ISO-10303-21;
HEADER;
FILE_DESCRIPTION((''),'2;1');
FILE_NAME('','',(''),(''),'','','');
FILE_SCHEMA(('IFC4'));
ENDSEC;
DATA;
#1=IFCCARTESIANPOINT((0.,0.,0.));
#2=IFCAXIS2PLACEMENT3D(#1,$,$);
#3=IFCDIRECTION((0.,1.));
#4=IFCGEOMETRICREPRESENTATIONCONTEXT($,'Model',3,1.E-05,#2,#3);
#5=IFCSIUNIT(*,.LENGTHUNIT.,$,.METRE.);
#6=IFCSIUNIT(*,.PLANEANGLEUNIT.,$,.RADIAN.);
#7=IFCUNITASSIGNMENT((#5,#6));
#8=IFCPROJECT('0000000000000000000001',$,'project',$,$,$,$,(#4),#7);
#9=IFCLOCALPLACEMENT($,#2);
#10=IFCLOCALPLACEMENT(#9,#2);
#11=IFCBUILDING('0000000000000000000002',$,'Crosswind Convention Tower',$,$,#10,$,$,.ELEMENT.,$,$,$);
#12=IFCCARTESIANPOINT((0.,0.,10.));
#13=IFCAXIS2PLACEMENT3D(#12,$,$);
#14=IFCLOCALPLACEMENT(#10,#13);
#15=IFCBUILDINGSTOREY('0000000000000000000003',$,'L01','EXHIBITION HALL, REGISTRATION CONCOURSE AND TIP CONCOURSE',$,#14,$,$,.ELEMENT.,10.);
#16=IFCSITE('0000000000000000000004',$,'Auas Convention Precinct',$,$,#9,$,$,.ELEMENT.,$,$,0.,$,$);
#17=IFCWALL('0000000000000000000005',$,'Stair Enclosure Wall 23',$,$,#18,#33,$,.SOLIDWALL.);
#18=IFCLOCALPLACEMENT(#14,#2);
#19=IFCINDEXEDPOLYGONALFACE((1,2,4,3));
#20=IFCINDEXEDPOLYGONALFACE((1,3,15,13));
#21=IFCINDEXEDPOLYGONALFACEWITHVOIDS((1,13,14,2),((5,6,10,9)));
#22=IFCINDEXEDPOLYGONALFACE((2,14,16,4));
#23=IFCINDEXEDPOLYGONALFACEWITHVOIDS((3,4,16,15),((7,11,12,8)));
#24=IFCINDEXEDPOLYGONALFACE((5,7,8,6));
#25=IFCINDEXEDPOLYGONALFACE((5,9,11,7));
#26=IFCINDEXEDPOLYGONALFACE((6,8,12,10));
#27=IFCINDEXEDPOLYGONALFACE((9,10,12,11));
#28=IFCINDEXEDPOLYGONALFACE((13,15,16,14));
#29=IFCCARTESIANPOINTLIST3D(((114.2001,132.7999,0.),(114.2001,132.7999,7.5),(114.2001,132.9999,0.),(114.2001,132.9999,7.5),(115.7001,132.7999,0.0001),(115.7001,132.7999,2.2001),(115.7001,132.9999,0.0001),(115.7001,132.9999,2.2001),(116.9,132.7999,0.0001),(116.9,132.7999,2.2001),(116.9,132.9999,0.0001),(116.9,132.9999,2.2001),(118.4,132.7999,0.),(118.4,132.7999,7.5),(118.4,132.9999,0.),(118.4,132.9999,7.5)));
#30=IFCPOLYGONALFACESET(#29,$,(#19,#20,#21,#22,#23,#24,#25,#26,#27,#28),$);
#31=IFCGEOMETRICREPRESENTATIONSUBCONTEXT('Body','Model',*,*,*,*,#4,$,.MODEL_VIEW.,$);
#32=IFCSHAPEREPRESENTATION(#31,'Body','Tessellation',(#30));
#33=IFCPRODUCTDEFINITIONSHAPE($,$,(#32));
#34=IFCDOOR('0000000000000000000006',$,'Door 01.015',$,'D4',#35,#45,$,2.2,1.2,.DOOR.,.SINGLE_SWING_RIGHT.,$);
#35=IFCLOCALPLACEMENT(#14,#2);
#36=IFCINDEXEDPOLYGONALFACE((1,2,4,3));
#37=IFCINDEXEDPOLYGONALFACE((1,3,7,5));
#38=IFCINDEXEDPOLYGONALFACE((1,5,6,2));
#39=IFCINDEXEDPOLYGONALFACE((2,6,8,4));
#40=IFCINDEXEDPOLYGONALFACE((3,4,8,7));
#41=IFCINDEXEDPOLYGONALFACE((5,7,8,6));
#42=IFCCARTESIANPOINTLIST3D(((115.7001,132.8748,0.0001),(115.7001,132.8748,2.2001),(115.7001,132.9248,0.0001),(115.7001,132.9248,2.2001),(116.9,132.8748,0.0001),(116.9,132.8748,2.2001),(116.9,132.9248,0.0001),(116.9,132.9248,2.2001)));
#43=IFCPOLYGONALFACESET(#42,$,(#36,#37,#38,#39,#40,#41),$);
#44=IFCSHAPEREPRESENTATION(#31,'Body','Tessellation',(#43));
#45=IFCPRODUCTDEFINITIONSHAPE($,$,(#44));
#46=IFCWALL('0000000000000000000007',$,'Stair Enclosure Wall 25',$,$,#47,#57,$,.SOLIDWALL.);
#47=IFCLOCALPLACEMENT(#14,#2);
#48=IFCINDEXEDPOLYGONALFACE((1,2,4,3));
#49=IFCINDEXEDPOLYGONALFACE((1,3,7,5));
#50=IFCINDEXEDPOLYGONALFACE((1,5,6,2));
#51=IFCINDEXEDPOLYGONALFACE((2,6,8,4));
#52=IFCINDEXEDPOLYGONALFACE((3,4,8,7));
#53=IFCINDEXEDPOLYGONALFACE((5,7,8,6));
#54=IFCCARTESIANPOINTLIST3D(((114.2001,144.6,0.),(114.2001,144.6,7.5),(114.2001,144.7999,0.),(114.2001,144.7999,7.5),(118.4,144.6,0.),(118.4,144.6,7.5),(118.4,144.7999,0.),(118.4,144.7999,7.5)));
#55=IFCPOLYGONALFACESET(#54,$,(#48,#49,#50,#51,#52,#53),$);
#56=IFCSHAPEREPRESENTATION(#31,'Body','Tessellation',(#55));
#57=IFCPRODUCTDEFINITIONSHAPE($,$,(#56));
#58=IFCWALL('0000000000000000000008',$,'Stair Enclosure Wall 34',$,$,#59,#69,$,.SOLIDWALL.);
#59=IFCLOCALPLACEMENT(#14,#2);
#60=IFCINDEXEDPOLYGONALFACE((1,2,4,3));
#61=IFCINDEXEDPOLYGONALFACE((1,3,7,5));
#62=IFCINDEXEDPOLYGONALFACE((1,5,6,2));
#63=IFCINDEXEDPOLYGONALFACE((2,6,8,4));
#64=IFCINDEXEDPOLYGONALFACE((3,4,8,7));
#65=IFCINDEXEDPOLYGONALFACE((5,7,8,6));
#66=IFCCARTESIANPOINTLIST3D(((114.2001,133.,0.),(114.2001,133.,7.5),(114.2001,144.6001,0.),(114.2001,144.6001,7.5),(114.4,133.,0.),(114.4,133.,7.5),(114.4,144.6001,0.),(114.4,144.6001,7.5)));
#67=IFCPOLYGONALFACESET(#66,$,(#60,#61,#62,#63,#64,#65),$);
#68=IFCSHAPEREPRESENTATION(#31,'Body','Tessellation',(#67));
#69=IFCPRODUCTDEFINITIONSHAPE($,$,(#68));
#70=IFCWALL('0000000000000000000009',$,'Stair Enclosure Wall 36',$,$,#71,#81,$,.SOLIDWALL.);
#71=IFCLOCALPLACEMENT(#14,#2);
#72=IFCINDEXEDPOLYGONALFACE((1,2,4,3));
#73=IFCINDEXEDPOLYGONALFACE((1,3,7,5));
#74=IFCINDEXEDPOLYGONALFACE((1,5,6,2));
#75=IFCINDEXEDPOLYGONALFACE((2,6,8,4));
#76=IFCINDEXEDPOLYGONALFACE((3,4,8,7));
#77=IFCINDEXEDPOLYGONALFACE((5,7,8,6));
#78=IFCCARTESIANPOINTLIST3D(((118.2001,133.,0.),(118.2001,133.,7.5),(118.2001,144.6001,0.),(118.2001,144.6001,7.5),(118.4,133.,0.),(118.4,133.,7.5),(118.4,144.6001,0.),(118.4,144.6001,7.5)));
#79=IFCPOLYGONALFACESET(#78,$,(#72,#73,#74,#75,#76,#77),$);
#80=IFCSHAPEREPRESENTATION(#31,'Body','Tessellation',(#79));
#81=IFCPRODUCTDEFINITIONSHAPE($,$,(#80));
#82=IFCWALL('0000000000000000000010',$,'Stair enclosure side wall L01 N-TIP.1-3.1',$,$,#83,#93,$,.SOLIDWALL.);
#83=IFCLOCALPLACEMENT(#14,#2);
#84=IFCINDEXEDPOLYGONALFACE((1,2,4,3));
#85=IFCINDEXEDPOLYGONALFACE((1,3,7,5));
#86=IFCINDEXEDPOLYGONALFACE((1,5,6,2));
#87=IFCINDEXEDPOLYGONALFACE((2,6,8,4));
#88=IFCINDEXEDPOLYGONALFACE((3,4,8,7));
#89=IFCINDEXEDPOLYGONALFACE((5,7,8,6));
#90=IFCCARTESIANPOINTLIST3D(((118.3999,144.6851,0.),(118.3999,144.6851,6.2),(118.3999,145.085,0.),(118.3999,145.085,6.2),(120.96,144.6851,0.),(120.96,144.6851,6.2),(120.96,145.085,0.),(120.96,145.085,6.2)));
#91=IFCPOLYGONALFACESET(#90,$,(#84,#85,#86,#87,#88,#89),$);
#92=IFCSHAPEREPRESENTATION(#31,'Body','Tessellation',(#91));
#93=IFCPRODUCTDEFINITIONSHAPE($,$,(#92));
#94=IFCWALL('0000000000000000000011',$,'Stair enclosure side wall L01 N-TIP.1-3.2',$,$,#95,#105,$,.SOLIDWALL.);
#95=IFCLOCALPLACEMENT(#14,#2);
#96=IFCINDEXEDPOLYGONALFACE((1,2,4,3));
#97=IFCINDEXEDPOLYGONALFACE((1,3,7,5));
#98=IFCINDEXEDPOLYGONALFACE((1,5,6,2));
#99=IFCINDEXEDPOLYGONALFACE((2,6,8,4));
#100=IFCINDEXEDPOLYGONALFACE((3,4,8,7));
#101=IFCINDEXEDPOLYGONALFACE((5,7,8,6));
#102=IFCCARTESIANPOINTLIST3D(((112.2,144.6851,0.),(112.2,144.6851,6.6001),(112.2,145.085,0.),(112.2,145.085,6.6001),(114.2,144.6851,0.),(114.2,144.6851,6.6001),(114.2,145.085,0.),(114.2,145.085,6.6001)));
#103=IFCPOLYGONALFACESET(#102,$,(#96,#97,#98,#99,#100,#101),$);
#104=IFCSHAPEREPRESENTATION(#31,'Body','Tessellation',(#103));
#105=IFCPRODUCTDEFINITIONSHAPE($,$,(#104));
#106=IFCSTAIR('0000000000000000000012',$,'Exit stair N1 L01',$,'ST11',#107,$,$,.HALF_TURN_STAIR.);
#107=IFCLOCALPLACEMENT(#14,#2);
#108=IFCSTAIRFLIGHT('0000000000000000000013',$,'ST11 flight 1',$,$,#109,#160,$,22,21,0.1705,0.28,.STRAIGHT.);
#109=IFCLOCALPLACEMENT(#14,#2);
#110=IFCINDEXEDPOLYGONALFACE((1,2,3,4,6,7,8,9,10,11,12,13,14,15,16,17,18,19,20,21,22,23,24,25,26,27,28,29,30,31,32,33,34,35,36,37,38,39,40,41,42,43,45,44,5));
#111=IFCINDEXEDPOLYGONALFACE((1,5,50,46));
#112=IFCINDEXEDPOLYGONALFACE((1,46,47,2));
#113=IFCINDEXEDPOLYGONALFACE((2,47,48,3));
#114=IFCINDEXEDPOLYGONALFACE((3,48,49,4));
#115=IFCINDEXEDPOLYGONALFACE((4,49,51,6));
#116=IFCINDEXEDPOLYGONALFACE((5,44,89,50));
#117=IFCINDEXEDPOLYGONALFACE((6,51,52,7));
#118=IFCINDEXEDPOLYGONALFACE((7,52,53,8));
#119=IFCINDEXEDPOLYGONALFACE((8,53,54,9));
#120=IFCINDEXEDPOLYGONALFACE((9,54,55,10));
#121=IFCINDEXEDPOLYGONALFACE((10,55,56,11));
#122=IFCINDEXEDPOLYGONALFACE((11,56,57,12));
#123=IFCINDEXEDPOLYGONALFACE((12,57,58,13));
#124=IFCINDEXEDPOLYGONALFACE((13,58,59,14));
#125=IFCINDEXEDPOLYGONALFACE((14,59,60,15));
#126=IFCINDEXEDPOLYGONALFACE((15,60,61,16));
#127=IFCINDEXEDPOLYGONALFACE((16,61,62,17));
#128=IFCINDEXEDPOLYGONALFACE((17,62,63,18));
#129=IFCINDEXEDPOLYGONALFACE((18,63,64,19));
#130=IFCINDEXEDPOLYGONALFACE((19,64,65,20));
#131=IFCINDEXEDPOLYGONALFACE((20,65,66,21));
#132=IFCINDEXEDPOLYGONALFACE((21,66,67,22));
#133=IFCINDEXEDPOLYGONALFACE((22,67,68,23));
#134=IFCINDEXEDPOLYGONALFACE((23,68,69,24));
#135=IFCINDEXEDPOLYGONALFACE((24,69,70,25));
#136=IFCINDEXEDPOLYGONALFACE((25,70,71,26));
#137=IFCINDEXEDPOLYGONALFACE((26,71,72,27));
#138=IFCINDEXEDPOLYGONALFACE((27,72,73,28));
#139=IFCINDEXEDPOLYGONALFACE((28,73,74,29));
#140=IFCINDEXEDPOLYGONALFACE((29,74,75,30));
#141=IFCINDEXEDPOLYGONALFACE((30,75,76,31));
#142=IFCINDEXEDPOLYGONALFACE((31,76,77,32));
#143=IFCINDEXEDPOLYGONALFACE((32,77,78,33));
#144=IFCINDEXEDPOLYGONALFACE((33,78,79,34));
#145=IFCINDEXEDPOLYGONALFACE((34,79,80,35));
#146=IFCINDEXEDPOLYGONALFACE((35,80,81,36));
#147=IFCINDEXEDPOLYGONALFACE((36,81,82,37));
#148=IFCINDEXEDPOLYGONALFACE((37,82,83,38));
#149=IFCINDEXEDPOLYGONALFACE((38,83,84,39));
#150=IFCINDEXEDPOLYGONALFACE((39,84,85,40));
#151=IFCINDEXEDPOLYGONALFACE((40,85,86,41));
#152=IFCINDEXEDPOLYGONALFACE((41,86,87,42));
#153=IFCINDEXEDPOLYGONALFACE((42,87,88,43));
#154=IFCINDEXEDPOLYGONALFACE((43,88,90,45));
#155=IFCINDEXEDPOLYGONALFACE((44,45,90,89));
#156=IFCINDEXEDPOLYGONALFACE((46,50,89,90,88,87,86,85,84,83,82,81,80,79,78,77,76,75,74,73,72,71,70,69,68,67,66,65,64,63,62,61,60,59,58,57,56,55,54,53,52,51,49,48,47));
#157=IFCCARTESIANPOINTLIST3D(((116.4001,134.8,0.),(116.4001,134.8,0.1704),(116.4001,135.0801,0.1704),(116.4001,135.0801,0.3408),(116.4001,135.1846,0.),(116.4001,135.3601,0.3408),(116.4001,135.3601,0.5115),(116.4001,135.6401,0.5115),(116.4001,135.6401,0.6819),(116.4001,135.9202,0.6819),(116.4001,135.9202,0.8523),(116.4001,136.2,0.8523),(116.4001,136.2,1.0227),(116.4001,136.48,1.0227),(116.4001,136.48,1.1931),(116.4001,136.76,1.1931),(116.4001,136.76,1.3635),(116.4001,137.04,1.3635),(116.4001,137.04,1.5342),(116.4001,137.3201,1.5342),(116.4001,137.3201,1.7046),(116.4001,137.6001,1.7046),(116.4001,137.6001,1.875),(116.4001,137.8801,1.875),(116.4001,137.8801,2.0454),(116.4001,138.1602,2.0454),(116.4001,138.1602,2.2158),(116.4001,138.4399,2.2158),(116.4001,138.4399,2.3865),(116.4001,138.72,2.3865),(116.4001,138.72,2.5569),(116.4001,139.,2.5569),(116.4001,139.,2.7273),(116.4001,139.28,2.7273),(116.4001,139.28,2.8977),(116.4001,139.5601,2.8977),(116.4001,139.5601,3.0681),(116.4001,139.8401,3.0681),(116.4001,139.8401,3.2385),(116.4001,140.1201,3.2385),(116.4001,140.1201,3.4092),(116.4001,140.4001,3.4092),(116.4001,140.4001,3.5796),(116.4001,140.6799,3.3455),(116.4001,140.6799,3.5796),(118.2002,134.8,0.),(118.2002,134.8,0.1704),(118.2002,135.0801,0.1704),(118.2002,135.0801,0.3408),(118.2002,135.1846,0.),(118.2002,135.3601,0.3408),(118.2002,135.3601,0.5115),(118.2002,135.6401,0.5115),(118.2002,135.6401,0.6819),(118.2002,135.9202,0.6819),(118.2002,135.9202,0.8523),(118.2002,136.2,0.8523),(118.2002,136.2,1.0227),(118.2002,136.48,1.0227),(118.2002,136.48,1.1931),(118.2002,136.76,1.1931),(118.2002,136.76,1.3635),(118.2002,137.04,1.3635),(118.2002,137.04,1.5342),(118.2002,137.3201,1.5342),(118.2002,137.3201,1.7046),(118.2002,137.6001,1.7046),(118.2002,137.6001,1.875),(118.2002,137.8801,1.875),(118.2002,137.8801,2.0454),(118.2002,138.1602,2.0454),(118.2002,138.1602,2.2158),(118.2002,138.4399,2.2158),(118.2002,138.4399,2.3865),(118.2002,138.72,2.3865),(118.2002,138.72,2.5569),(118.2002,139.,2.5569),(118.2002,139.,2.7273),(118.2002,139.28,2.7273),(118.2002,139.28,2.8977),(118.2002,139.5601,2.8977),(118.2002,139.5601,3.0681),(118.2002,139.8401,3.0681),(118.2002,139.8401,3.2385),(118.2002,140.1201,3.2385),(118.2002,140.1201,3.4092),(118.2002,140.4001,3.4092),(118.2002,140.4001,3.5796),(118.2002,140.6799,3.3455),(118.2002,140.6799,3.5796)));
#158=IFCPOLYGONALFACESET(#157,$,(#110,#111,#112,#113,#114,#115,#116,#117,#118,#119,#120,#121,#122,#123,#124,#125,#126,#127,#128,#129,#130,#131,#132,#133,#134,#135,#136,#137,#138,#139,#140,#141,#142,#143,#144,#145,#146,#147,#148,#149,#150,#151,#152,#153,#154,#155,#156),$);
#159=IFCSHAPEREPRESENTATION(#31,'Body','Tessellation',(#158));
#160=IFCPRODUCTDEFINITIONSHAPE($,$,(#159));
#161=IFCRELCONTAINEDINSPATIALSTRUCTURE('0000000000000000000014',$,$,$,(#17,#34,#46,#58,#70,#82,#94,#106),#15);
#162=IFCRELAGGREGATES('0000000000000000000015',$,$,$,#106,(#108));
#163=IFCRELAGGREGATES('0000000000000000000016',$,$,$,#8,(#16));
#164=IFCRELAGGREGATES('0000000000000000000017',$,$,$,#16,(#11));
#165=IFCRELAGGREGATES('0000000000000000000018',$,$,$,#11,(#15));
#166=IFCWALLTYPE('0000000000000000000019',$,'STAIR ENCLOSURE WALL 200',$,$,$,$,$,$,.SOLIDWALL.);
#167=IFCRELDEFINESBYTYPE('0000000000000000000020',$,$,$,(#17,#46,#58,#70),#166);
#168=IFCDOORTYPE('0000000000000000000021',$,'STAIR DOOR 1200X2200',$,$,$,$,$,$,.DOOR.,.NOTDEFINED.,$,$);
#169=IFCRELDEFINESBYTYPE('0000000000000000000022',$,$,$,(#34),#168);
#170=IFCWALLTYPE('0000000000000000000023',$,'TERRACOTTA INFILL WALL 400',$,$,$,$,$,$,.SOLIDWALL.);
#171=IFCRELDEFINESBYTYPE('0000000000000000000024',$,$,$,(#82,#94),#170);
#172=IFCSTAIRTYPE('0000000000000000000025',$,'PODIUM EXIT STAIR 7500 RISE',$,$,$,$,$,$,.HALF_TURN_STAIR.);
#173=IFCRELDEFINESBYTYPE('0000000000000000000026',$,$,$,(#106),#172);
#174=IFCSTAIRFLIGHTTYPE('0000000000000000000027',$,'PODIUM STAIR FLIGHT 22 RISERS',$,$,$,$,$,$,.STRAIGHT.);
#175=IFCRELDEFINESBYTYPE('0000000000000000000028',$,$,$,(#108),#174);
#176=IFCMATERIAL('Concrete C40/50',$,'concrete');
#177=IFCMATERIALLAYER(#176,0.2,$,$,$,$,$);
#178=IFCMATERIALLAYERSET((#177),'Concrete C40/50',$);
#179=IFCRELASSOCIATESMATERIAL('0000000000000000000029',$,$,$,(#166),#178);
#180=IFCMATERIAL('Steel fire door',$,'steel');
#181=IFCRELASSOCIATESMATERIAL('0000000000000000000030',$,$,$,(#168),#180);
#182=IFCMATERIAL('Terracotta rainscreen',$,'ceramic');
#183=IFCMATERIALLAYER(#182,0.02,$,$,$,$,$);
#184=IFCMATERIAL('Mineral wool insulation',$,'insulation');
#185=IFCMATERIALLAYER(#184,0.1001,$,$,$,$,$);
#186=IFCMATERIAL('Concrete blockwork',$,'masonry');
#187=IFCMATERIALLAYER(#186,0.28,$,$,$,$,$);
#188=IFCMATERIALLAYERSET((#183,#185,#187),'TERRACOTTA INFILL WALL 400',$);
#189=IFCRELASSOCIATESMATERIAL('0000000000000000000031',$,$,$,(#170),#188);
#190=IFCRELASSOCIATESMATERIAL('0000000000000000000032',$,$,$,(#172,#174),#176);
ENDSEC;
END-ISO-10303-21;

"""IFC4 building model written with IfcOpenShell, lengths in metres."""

from ifc_helpers import new_model, si_unit, direction, frame, frame_2d, origin, place, context, subcontext, project, spatial, polyline, rectangle, outline, extrude, material, layer, layer_set, type_object, element, fill, aggregate, save


model = new_model("IFC4")

# Units and contexts
model_context = context("Model", 3, precision=1e-05, world=origin(), true_north=direction((0.0, 1.0)))
body_context = subcontext(model_context, "Body", "Model", "MODEL_VIEW")
ifc_project = project(units=[si_unit("LENGTHUNIT", "METRE"), si_unit("PLANEANGLEUNIT", "RADIAN")], contexts=[model_context])

# Site, building, storey
site_placement = place(None, origin())
site = spatial("IfcSite", under=ifc_project, at=site_placement, Name="Auas Convention Precinct", CompositionType="ELEMENT", RefElevation=0.0)
building_placement = place(site_placement, origin())
building = spatial("IfcBuilding", under=site, at=building_placement, Name="Crosswind Convention Tower", CompositionType="ELEMENT")
storey_placement = place(building_placement, frame((0.0, 0.0, 10.0)))
storey = spatial("IfcBuildingStorey", under=building, at=storey_placement, Name="L01", Description="EXHIBITION HALL, REGISTRATION CONCOURSE AND TIP CONCOURSE", CompositionType="ELEMENT", Elevation=10.0)

# Wall, opening, door
ifc_material_1 = material(Name="Concrete C40/50", Category="concrete")
ifc_layer_1 = layer(ifc_material_1, 0.2)
ifc_layer_set_1 = layer_set([ifc_layer_1], Name="Concrete C40/50")
wall_type_1 = type_object("IfcWallType", Name="STAIR ENCLOSURE WALL 200", PredefinedType="SOLIDWALL", material=ifc_layer_set_1)
wall_1_placement = place(storey_placement, frame((114.2, 132.8999, 0.0), z_axis=(0.0, 0.0, 1.0), x_axis=(1.0, 0.0, 0.0)))
wall_1 = element("IfcWall", 1, at=wall_1_placement, inside=storey, type_object=wall_type_1, Name="Stair Enclosure Wall 23", PredefinedType="SOLIDWALL", context=body_context, shape_type="SweptSolid", body=[
    extrude(rectangle(XDim=4.2, YDim=0.2, at=frame_2d((2.1001, 0.0))), origin(), (0.0, 0.0, 1.0), 7.5),
])
opening_placement = place(wall_1_placement, frame((1.5, 0.0, 0.0)))
opening = element("IfcOpeningElement", 2, at=opening_placement, cuts=wall_1, PredefinedType="OPENING", context=body_context, shape_type="SweptSolid", body=[
    extrude(rectangle(XDim=1.2, YDim=2.2, at=frame_2d((0.6001, 1.1001))), frame((0.0, 0.1099, 0.0), z_axis=(0.0, -1.0, 0.0), x_axis=(1.0, 0.0, 0.0)), (0.0, 0.0, 1.0), 0.22),
])
ifc_material_2 = material(Name="Steel fire door", Category="steel")
door_type = type_object("IfcDoorType", Name="STAIR DOOR 1200X2200", OperationType="NOTDEFINED", PredefinedType="DOOR", material=ifc_material_2)
door_placement = place(opening_placement, origin())
door = element("IfcDoor", 3, at=door_placement, inside=storey, type_object=door_type, Name="Door 01.015", ObjectType="D4", OperationType="SINGLE_SWING_RIGHT", OverallHeight=2.2, OverallWidth=1.2, PredefinedType="DOOR", context=body_context, shape_type="SweptSolid", body=[
    extrude(rectangle(XDim=1.2, YDim=2.2, at=frame_2d((0.6001, 1.1001))), frame((0.0, 0.0249, 0.0), z_axis=(0.0, -1.0, 0.0), x_axis=(1.0, 0.0, 0.0)), (0.0, 0.0, 1.0), 0.05),
])
fill(opening, door)

# Walls
wall_2_placement = place(storey_placement, frame((114.2, 144.7, 0.0), z_axis=(0.0, 0.0, 1.0), x_axis=(1.0, 0.0, 0.0)))
element("IfcWall", 4, at=wall_2_placement, inside=storey, type_object=wall_type_1, Name="Stair Enclosure Wall 25", PredefinedType="SOLIDWALL", context=body_context, shape_type="SweptSolid", body=[
    extrude(rectangle(XDim=4.2, YDim=0.2, at=frame_2d((2.1001, 0.0))), origin(), (0.0, 0.0, 1.0), 7.5),
])
for number, where, z_axis, x_axis, name in (
    (5, (114.3, 133.0, 0.0), (0.0, 0.0, 1.0), (0.0, 1.0, 0.0), "Stair Enclosure Wall 34"),
    (6, (118.3, 133.0, 0.0), (0.0, 0.0, 1.0), (0.0, 1.0, 0.0), "Stair Enclosure Wall 36"),
):
    element("IfcWall", number, at=place(storey_placement, frame(where, z_axis=z_axis, x_axis=x_axis)), inside=storey, type_object=wall_type_1, Name=name, PredefinedType="SOLIDWALL", context=body_context, shape_type="SweptSolid", body=[
        extrude(rectangle(XDim=11.6001, YDim=0.2, at=frame_2d((5.8, 0.0))), origin(), (0.0, 0.0, 1.0), 7.5),
    ])
ifc_material_3 = material(Name="Terracotta rainscreen", Category="ceramic")
ifc_layer_2 = layer(ifc_material_3, 0.02)
ifc_material_4 = material(Name="Mineral wool insulation", Category="insulation")
ifc_layer_3 = layer(ifc_material_4, 0.1001)
ifc_material_5 = material(Name="Concrete blockwork", Category="masonry")
ifc_layer_4 = layer(ifc_material_5, 0.28)
ifc_layer_set_2 = layer_set([ifc_layer_2, ifc_layer_3, ifc_layer_4], Name="TERRACOTTA INFILL WALL 400")
wall_type_2 = type_object("IfcWallType", Name="TERRACOTTA INFILL WALL 400", PredefinedType="SOLIDWALL", material=ifc_layer_set_2)
wall_3_placement = place(storey_placement, frame((120.96, 144.885, 0.0), z_axis=(0.0, 0.0, 1.0), x_axis=(-1.0, 0.0, 0.0)))
element("IfcWall", 7, at=wall_3_placement, inside=storey, type_object=wall_type_2, Name="Stair enclosure side wall L01 N-TIP.1-3.1", PredefinedType="SOLIDWALL", context=body_context, shape_type="SweptSolid", body=[
    extrude(rectangle(XDim=2.5601, YDim=0.3999, at=frame_2d((1.28, 0.0))), origin(), (0.0, 0.0, 1.0), 6.2),
])
wall_4_placement = place(storey_placement, frame((114.2, 144.885, 0.0), z_axis=(0.0, 0.0, 1.0), x_axis=(-1.0, 0.0, 0.0)))
element("IfcWall", 8, at=wall_4_placement, inside=storey, type_object=wall_type_2, Name="Stair enclosure side wall L01 N-TIP.1-3.2", PredefinedType="SOLIDWALL", context=body_context, shape_type="SweptSolid", body=[
    extrude(rectangle(XDim=2.0, YDim=0.3999, at=frame_2d((1.0, 0.0))), origin(), (0.0, 0.0, 1.0), 6.6001),
])

# Stair, stair flight
stair_type = type_object("IfcStairType", Name="PODIUM EXIT STAIR 7500 RISE", PredefinedType="HALF_TURN_STAIR", material=ifc_material_1)
stair_placement = place(storey_placement, origin())
stair = element("IfcStair", 9, at=stair_placement, inside=storey, type_object=stair_type, Name="Exit stair N1 L01", ObjectType="ST11", PredefinedType="HALF_TURN_STAIR")
stair_flight_type = type_object("IfcStairFlightType", Name="PODIUM STAIR FLIGHT 22 RISERS", PredefinedType="STRAIGHT", material=ifc_material_1)
stair_flight_1_placement = place(storey_placement, frame((117.3, 134.8, 0.0), z_axis=(0.0, 0.0, 1.0), x_axis=(0.0, 1.0, 0.0)))
stair_flight_1 = element("IfcStairFlight", 10, at=stair_flight_1_placement, type_object=stair_flight_type, Name="ST11 flight 1", NumberOfRisers=22, NumberOfTreads=21, PredefinedType="STRAIGHT", RiserHeight=0.1705, TreadLength=0.28, context=body_context, shape_type="SweptSolid", body=[
    extrude(outline(polyline([(0.0, 0.0), (0.0, 0.1704), (0.28, 0.1704), (0.28, 0.3408), (0.5601, 0.3408), (0.5601, 0.5115), (0.8401, 0.5115), (0.8401, 0.6819), (1.1201, 0.6819), (1.1201, 0.8523), (1.3999, 0.8523), (1.3999, 1.0227), (1.6799, 1.0227), (1.6799, 1.1931), (1.96, 1.1931), (1.96, 1.3635), (2.24, 1.3635), (2.24, 1.5342), (2.52, 1.5342), (2.52, 1.7046), (2.8, 1.7046), (2.8, 1.875), (3.0801, 1.875), (3.0801, 2.0454), (3.3601, 2.0454), (3.3601, 2.2158), (3.6399, 2.2158), (3.6399, 2.3865), (3.9199, 2.3865), (3.9199, 2.5569), (4.2, 2.5569), (4.2, 2.7273), (4.48, 2.7273), (4.48, 2.8977), (4.76, 2.8977), (4.76, 3.0681), (5.04, 3.0681), (5.04, 3.2385), (5.3201, 3.2385), (5.3201, 3.4092), (5.6001, 3.4092), (5.6001, 3.5796), (5.8799, 3.5796), (5.8799, 3.75), (5.8799, 3.3455), (0.3845, 0.0), (0.0, 0.0)])), frame((0.0, 0.8999, 0.0), z_axis=(0.0, -1.0, 0.0), x_axis=(1.0, 0.0, 0.0)), (0.0, 0.0, 1.0), 1.8),
])
aggregate(stair, [stair_flight_1])

save(model, "model.ifc")
